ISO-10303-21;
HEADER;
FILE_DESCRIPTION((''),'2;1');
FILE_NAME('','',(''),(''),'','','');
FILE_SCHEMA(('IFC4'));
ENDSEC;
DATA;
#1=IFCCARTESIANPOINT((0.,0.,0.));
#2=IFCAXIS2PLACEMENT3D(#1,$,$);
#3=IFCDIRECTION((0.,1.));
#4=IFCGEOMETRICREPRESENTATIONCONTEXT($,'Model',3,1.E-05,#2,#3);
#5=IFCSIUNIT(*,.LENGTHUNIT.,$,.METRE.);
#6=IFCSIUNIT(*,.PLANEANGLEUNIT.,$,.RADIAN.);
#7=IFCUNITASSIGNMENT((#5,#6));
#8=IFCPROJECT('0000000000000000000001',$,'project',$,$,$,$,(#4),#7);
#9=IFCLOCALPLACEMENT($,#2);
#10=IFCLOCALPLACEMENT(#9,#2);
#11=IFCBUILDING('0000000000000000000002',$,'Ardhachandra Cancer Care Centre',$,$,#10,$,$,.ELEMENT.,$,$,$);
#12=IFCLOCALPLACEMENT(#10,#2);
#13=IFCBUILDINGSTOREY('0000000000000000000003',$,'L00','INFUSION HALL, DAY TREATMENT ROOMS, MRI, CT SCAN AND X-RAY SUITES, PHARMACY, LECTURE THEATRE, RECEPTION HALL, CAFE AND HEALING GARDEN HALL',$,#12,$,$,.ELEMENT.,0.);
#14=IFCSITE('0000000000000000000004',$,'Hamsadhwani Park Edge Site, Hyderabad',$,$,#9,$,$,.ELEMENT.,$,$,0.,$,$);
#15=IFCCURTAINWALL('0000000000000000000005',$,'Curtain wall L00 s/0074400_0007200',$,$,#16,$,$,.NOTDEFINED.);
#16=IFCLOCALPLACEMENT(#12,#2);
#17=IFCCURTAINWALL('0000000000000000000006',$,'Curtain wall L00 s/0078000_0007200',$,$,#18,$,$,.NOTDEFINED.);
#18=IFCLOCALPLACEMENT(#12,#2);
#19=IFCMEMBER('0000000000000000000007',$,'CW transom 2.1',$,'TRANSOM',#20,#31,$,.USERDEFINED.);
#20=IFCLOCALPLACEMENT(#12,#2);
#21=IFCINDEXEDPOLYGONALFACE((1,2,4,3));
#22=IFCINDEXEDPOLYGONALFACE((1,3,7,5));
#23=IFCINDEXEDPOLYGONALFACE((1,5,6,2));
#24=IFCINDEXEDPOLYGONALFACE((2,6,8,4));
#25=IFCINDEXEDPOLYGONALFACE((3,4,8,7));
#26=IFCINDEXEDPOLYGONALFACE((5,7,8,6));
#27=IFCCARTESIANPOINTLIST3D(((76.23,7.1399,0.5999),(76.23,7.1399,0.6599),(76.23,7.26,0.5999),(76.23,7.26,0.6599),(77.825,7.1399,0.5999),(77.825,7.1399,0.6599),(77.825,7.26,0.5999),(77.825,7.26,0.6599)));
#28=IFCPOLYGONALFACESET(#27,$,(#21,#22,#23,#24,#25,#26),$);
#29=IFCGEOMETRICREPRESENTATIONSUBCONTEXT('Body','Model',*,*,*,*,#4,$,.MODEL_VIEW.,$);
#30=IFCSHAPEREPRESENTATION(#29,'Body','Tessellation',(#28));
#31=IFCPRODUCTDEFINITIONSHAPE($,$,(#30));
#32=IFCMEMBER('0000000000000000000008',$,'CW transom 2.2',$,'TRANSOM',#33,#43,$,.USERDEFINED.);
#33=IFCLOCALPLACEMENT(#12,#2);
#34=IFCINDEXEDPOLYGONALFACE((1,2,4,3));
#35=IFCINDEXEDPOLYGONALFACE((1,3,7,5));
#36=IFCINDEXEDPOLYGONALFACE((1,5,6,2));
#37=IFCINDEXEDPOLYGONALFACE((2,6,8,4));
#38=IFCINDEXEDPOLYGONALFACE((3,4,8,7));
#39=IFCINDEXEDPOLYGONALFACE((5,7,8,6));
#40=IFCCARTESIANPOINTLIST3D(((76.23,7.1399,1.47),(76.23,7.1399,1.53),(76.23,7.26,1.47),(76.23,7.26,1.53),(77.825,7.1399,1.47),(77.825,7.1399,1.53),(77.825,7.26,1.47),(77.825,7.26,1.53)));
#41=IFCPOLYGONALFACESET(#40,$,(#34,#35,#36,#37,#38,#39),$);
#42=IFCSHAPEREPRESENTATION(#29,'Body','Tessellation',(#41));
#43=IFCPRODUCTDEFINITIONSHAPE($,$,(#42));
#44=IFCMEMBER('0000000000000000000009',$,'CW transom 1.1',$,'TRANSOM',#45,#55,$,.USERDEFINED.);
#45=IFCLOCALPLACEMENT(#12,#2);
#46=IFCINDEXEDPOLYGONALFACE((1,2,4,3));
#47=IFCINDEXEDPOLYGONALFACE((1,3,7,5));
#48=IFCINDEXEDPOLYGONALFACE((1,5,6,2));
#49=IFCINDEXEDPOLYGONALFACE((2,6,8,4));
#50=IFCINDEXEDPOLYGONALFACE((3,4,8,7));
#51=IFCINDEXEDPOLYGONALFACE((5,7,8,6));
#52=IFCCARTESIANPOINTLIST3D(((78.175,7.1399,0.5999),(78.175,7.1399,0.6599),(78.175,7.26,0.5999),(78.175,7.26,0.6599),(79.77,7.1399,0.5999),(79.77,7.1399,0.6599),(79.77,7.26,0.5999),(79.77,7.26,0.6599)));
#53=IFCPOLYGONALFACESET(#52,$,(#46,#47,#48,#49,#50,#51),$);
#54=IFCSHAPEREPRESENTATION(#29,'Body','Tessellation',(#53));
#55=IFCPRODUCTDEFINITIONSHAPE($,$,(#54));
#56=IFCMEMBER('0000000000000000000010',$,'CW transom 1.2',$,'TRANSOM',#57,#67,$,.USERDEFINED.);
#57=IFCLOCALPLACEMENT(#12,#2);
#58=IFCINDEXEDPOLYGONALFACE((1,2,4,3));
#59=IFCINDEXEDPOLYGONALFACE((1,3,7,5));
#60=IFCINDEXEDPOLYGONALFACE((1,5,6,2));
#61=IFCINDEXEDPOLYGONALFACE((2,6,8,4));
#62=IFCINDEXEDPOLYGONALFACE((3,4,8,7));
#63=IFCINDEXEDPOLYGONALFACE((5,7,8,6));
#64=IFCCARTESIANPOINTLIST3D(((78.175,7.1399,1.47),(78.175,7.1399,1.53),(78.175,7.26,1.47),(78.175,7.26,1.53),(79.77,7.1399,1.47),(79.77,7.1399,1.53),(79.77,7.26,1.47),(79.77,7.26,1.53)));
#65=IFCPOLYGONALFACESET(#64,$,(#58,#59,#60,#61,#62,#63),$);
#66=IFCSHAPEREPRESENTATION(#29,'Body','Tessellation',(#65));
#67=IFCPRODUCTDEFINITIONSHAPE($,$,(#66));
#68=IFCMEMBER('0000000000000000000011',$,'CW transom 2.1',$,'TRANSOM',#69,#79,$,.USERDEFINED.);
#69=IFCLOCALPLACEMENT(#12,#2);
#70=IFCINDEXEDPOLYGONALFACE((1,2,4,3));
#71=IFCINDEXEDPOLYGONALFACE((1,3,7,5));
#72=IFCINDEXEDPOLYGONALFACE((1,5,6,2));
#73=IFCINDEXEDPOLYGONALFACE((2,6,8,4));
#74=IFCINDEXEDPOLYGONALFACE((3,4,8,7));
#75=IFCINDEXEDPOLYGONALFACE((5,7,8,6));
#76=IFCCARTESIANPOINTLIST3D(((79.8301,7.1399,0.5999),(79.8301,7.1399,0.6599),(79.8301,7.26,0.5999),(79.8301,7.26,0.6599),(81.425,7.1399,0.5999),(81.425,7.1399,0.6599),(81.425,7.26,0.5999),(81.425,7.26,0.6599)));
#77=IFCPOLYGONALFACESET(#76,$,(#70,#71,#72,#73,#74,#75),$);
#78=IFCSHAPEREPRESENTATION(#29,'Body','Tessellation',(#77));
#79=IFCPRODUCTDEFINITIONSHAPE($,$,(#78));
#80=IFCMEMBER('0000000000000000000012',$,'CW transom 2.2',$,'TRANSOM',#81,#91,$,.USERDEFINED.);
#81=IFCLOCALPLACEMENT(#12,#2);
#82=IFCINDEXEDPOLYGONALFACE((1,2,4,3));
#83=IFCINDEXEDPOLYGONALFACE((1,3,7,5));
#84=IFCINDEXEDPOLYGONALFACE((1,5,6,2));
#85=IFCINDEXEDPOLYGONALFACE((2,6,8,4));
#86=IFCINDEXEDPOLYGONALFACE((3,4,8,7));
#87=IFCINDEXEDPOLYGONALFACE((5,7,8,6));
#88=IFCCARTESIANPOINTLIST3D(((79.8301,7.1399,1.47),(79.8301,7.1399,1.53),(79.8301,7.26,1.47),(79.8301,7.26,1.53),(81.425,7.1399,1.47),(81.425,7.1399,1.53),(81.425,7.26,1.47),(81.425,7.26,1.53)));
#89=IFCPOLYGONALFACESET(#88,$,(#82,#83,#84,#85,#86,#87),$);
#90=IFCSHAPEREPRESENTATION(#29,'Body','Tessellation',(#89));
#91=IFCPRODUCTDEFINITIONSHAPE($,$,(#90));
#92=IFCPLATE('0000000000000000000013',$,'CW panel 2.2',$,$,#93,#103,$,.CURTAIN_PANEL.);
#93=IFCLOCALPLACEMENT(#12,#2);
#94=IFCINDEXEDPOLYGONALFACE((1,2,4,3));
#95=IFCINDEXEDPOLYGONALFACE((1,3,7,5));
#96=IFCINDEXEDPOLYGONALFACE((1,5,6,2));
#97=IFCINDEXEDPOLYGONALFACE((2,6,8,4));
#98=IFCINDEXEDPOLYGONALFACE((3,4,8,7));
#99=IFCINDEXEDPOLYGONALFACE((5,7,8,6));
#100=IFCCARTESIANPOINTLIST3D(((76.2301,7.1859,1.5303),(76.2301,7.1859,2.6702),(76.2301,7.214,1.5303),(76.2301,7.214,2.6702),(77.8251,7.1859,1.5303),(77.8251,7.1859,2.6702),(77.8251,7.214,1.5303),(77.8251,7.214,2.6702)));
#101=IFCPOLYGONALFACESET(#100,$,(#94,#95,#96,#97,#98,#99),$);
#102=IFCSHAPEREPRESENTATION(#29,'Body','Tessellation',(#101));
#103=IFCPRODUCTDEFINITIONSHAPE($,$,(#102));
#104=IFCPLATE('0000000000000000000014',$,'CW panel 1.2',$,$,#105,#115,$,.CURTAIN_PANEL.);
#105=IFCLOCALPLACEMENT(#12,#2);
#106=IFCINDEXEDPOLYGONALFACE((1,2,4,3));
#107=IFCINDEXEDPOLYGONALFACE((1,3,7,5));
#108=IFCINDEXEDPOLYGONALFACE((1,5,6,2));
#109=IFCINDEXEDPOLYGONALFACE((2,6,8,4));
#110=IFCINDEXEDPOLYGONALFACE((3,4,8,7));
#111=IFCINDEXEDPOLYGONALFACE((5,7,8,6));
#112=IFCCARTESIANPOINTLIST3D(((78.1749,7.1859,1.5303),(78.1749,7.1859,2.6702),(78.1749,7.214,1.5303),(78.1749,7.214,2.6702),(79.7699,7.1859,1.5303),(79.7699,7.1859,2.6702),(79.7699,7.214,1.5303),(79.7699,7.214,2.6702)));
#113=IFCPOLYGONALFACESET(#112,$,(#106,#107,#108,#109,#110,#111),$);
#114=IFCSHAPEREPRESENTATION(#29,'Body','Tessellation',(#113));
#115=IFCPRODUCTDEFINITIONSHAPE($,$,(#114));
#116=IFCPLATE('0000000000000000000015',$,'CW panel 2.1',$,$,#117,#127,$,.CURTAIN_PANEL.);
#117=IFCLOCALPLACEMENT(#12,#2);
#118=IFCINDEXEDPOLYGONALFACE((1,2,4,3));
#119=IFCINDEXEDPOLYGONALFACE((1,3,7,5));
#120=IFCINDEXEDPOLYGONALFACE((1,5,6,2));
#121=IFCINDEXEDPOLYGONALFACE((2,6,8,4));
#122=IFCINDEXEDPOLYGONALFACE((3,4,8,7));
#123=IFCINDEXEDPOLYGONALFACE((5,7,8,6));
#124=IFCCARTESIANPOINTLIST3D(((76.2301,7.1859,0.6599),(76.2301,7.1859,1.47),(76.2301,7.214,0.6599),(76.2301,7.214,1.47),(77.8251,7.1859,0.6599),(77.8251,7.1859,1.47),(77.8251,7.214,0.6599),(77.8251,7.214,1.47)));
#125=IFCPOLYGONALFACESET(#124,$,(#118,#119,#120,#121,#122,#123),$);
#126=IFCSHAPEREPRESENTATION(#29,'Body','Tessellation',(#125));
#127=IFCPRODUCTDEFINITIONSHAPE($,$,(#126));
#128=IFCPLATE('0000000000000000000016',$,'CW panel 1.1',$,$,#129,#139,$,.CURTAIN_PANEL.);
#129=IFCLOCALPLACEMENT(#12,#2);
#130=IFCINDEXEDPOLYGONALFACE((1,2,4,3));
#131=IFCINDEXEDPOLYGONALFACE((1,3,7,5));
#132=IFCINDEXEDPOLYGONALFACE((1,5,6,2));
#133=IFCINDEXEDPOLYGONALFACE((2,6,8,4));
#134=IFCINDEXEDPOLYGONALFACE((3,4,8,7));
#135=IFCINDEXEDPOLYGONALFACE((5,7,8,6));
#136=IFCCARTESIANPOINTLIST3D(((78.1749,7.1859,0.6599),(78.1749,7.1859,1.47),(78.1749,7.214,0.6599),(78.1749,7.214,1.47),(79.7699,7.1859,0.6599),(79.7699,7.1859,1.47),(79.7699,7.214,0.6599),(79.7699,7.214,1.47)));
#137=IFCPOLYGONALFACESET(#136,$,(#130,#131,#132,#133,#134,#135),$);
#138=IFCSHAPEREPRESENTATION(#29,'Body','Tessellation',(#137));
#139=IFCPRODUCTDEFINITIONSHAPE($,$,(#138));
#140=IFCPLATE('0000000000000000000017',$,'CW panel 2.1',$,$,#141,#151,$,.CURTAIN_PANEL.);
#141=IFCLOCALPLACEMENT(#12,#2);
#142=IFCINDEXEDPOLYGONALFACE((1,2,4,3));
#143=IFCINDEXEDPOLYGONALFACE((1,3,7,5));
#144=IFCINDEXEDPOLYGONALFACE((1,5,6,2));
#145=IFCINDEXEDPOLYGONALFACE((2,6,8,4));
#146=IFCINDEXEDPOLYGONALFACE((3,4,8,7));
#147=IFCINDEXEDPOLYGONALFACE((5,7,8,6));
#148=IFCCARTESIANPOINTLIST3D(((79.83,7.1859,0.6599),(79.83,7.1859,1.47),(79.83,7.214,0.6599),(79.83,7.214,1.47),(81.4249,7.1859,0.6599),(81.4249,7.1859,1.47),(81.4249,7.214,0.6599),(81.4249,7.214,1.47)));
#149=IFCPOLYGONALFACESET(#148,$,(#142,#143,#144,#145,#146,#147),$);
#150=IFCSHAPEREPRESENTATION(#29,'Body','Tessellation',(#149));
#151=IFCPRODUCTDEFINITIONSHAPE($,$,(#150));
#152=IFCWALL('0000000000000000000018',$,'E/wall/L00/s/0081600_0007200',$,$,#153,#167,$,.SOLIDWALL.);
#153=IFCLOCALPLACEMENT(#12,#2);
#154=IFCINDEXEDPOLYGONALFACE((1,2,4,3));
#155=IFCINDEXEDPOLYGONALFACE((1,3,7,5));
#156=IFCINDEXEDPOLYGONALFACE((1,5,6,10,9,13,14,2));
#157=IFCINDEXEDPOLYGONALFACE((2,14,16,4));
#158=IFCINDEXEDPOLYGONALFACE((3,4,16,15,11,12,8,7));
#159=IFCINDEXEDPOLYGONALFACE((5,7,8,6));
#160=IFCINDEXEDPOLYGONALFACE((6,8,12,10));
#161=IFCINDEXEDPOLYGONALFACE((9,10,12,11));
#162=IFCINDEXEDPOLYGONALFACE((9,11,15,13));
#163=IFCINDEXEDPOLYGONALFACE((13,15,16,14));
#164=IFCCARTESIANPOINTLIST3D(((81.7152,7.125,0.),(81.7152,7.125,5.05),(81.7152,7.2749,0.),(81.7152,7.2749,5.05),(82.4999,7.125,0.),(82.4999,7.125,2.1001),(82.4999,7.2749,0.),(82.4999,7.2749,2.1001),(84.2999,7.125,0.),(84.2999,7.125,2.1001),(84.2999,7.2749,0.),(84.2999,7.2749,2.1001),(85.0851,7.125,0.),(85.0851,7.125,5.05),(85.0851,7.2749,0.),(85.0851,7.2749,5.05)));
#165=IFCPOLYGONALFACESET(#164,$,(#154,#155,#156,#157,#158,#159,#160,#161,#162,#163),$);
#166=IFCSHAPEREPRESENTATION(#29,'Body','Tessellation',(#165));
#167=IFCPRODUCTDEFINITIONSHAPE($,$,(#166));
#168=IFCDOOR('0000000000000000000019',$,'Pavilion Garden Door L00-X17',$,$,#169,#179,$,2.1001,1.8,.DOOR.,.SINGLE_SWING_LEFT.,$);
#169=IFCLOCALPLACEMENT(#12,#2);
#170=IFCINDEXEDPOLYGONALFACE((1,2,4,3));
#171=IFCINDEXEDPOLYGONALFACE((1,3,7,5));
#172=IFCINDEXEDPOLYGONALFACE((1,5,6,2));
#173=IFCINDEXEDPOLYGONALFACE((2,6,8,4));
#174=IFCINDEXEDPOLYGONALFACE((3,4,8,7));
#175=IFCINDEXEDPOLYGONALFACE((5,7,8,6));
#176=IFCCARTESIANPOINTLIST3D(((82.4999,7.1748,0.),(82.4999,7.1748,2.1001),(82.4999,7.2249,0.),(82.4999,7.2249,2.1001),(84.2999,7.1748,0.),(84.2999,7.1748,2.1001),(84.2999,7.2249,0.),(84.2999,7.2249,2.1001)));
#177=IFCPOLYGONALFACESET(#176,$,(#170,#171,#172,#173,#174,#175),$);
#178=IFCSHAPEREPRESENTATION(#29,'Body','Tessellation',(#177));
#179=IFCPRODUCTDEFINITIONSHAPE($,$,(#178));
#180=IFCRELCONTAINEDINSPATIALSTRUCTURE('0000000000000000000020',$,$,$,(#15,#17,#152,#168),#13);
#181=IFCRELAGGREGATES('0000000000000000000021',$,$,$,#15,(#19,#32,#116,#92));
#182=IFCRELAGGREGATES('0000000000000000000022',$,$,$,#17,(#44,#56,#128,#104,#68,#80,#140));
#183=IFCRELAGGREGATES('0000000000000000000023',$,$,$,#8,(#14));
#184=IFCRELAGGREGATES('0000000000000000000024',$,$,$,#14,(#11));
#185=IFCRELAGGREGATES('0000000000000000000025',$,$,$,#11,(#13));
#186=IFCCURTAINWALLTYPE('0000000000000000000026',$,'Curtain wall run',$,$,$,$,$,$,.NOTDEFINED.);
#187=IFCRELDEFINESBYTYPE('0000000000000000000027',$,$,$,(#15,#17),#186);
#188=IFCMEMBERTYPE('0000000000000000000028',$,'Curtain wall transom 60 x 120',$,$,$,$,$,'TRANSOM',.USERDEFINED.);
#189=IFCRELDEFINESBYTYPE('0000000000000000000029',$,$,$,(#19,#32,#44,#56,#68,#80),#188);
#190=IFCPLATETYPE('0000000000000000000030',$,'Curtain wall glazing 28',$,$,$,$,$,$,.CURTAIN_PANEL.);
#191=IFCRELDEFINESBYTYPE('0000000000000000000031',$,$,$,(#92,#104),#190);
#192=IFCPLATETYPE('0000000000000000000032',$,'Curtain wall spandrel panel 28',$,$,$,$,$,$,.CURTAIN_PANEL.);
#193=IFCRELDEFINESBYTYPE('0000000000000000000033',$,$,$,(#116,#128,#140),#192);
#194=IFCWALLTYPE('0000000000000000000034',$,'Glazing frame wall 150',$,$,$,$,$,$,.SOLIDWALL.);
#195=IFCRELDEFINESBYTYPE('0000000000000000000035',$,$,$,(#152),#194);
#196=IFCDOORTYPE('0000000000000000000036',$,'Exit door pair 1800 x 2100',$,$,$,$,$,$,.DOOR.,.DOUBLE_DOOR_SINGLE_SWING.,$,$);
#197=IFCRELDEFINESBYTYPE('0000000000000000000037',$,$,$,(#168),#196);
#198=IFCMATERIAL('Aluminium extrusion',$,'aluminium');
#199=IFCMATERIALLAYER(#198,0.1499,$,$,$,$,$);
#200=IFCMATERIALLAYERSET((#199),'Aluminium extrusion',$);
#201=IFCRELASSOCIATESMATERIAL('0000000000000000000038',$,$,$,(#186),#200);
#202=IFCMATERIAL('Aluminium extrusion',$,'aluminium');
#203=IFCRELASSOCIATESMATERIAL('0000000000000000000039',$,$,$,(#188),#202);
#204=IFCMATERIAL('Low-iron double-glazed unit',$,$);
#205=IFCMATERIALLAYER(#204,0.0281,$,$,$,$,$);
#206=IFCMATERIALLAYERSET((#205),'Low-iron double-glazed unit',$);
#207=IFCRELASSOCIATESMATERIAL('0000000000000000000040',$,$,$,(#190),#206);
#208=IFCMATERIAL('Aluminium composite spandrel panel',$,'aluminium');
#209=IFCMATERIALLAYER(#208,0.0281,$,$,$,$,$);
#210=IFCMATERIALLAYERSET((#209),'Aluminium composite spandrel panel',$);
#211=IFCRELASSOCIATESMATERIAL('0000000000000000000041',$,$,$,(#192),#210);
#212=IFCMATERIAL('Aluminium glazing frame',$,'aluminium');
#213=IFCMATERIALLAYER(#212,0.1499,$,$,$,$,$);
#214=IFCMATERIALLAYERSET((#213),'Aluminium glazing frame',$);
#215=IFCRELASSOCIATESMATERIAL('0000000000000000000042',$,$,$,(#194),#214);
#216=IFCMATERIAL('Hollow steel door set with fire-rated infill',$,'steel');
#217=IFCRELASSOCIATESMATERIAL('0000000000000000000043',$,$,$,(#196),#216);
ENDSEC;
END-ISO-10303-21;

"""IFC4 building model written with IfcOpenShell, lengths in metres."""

from ifc_helpers import new_model, si_unit, direction, frame, frame_2d, origin, origin_2d, place, context, subcontext, project, spatial, rectangle, extrude, material, layer, layer_set, material_profile, profile_set, type_object, element, fill, aggregate, save


model = new_model("IFC4")

# Units and contexts
model_context = context("Model", 3, precision=1e-05, world=origin(), true_north=direction((0.0, 1.0)))
body_context = subcontext(model_context, "Body", "Model", "MODEL_VIEW")
ifc_project = project(units=[si_unit("LENGTHUNIT", "METRE"), si_unit("PLANEANGLEUNIT", "RADIAN")], contexts=[model_context])

# Site, building, storey
site_placement = place(None, origin())
site = spatial("IfcSite", under=ifc_project, at=site_placement, Name="Hamsadhwani Park Edge Site, Hyderabad", CompositionType="ELEMENT", RefElevation=0.0)
building_placement = place(site_placement, origin())
building = spatial("IfcBuilding", under=site, at=building_placement, Name="Ardhachandra Cancer Care Centre", CompositionType="ELEMENT")
storey_placement = place(building_placement, origin())
storey = spatial("IfcBuildingStorey", under=building, at=storey_placement, Name="L00", Description="INFUSION HALL, DAY TREATMENT ROOMS, MRI, CT SCAN AND X-RAY SUITES, PHARMACY, LECTURE THEATRE, RECEPTION HALL, CAFE AND HEALING GARDEN HALL", CompositionType="ELEMENT", Elevation=0.0)

# Curtain wall
ifc_material_1 = material(Name="Aluminium extrusion", Category="aluminium")
ifc_layer_1 = layer(ifc_material_1, 0.1499)
ifc_layer_set_1 = layer_set([ifc_layer_1], Name="Aluminium extrusion")
curtain_wall_type = type_object("IfcCurtainWallType", Name="Curtain wall run", PredefinedType="NOTDEFINED", material=ifc_layer_set_1)
curtain_wall_1_placement = place(storey_placement, origin())
curtain_wall_1 = element("IfcCurtainWall", 1, at=curtain_wall_1_placement, inside=storey, type_object=curtain_wall_type, Name="Curtain wall L00 s/0074400_0007200", PredefinedType="NOTDEFINED")

# Curtain wall
curtain_wall_2_placement = place(storey_placement, origin())
curtain_wall_2 = element("IfcCurtainWall", 2, at=curtain_wall_2_placement, inside=storey, type_object=curtain_wall_type, Name="Curtain wall L00 s/0078000_0007200", PredefinedType="NOTDEFINED")

# Members
ifc_material_2 = material(Name="Aluminium extrusion", Category="aluminium")
ifc_material_profile_1 = material_profile(ifc_material_2, rectangle(XDim=0.1201, YDim=0.0601, at=origin_2d()), Name="Curtain wall transom 60 x 120")
ifc_profile_set_1 = profile_set([ifc_material_profile_1], Name="Aluminium extrusion")
member_type_1 = type_object("IfcMemberType", Name="Curtain wall transom 60 x 120", ElementType="TRANSOM", PredefinedType="USERDEFINED", material=ifc_profile_set_1)
member_1_placement = place(storey_placement, frame((76.23, 7.2, 0.6299), z_axis=(1.0, 0.0, 0.0), x_axis=(0.0, 1.0, 0.0)))
member_1 = element("IfcMember", 3, at=member_1_placement, type_object=member_type_1, Name="CW transom 2.1", ObjectType="TRANSOM", PredefinedType="USERDEFINED", context=body_context, shape_type="SweptSolid", body=[
    extrude(rectangle(XDim=0.1201, YDim=0.0601, at=origin_2d()), origin(), (0.0, 0.0, 1.0), 1.595),
])
member_2_placement = place(storey_placement, frame((76.23, 7.2, 1.5), z_axis=(1.0, 0.0, 0.0), x_axis=(0.0, 1.0, 0.0)))
member_2 = element("IfcMember", 4, at=member_2_placement, type_object=member_type_1, Name="CW transom 2.2", ObjectType="TRANSOM", PredefinedType="USERDEFINED", context=body_context, shape_type="SweptSolid", body=[
    extrude(rectangle(XDim=0.1201, YDim=0.0601, at=origin_2d()), origin(), (0.0, 0.0, 1.0), 1.595),
])
member_3_placement = place(storey_placement, frame((78.175, 7.2, 0.6299), z_axis=(1.0, 0.0, 0.0), x_axis=(0.0, 1.0, 0.0)))
member_3 = element("IfcMember", 5, at=member_3_placement, type_object=member_type_1, Name="CW transom 1.1", ObjectType="TRANSOM", PredefinedType="USERDEFINED", context=body_context, shape_type="SweptSolid", body=[
    extrude(rectangle(XDim=0.1201, YDim=0.0601, at=origin_2d()), origin(), (0.0, 0.0, 1.0), 1.595),
])
member_4_placement = place(storey_placement, frame((78.175, 7.2, 1.5), z_axis=(1.0, 0.0, 0.0), x_axis=(0.0, 1.0, 0.0)))
member_4 = element("IfcMember", 6, at=member_4_placement, type_object=member_type_1, Name="CW transom 1.2", ObjectType="TRANSOM", PredefinedType="USERDEFINED", context=body_context, shape_type="SweptSolid", body=[
    extrude(rectangle(XDim=0.1201, YDim=0.0601, at=origin_2d()), origin(), (0.0, 0.0, 1.0), 1.595),
])
member_5_placement = place(storey_placement, frame((79.8301, 7.2, 0.6299), z_axis=(1.0, 0.0, 0.0), x_axis=(0.0, 1.0, 0.0)))
member_5 = element("IfcMember", 7, at=member_5_placement, type_object=member_type_1, Name="CW transom 2.1", ObjectType="TRANSOM", PredefinedType="USERDEFINED", context=body_context, shape_type="SweptSolid", body=[
    extrude(rectangle(XDim=0.1201, YDim=0.0601, at=origin_2d()), origin(), (0.0, 0.0, 1.0), 1.595),
])
member_6_placement = place(storey_placement, frame((79.8301, 7.2, 1.5), z_axis=(1.0, 0.0, 0.0), x_axis=(0.0, 1.0, 0.0)))
member_6 = element("IfcMember", 8, at=member_6_placement, type_object=member_type_1, Name="CW transom 2.2", ObjectType="TRANSOM", PredefinedType="USERDEFINED", context=body_context, shape_type="SweptSolid", body=[
    extrude(rectangle(XDim=0.1201, YDim=0.0601, at=origin_2d()), origin(), (0.0, 0.0, 1.0), 1.595),
])

# Plates
ifc_material_3 = material(Name="Low-iron double-glazed unit")
ifc_layer_2 = layer(ifc_material_3, 0.0281)
ifc_layer_set_2 = layer_set([ifc_layer_2], Name="Low-iron double-glazed unit")
plate_type_1 = type_object("IfcPlateType", Name="Curtain wall glazing 28", PredefinedType="CURTAIN_PANEL", material=ifc_layer_set_2)
plate_1_placement = place(storey_placement, frame((77.0276, 7.2, 1.5303), z_axis=(0.0, 0.0, 1.0), x_axis=(1.0, 0.0, 0.0)))
plate_1 = element("IfcPlate", 9, at=plate_1_placement, type_object=plate_type_1, Name="CW panel 2.2", PredefinedType="CURTAIN_PANEL", context=body_context, shape_type="SweptSolid", body=[
    extrude(rectangle(XDim=1.595, YDim=0.0281, at=origin_2d()), origin(), (0.0, 0.0, 1.0), 1.1399),
])
plate_2_placement = place(storey_placement, frame((78.9724, 7.2, 1.5303), z_axis=(0.0, 0.0, 1.0), x_axis=(1.0, 0.0, 0.0)))
plate_2 = element("IfcPlate", 10, at=plate_2_placement, type_object=plate_type_1, Name="CW panel 1.2", PredefinedType="CURTAIN_PANEL", context=body_context, shape_type="SweptSolid", body=[
    extrude(rectangle(XDim=1.595, YDim=0.0281, at=origin_2d()), origin(), (0.0, 0.0, 1.0), 1.1399),
])
ifc_material_4 = material(Name="Aluminium composite spandrel panel", Category="aluminium")
ifc_layer_3 = layer(ifc_material_4, 0.0281)
ifc_layer_set_3 = layer_set([ifc_layer_3], Name="Aluminium composite spandrel panel")
plate_type_2 = type_object("IfcPlateType", Name="Curtain wall spandrel panel 28", PredefinedType="CURTAIN_PANEL", material=ifc_layer_set_3)
plate_3_placement = place(storey_placement, frame((77.0276, 7.2, 0.6599), z_axis=(0.0, 0.0, 1.0), x_axis=(1.0, 0.0, 0.0)))
plate_3 = element("IfcPlate", 11, at=plate_3_placement, type_object=plate_type_2, Name="CW panel 2.1", PredefinedType="CURTAIN_PANEL", context=body_context, shape_type="SweptSolid", body=[
    extrude(rectangle(XDim=1.595, YDim=0.0281, at=origin_2d()), origin(), (0.0, 0.0, 1.0), 0.8101),
])
aggregate(curtain_wall_1, [member_1, member_2, plate_3, plate_1])
plate_4_placement = place(storey_placement, frame((78.9724, 7.2, 0.6599), z_axis=(0.0, 0.0, 1.0), x_axis=(1.0, 0.0, 0.0)))
plate_4 = element("IfcPlate", 12, at=plate_4_placement, type_object=plate_type_2, Name="CW panel 1.1", PredefinedType="CURTAIN_PANEL", context=body_context, shape_type="SweptSolid", body=[
    extrude(rectangle(XDim=1.595, YDim=0.0281, at=origin_2d()), origin(), (0.0, 0.0, 1.0), 0.8101),
])
plate_5_placement = place(storey_placement, frame((80.6274, 7.2, 0.6599), z_axis=(0.0, 0.0, 1.0), x_axis=(1.0, 0.0, 0.0)))
plate_5 = element("IfcPlate", 13, at=plate_5_placement, type_object=plate_type_2, Name="CW panel 2.1", PredefinedType="CURTAIN_PANEL", context=body_context, shape_type="SweptSolid", body=[
    extrude(rectangle(XDim=1.595, YDim=0.0281, at=origin_2d()), origin(), (0.0, 0.0, 1.0), 0.8101),
])
aggregate(curtain_wall_2, [member_3, member_4, plate_4, plate_2, member_5, member_6, plate_5])

# Wall, opening, door
ifc_material_5 = material(Name="Aluminium glazing frame", Category="aluminium")
ifc_layer_4 = layer(ifc_material_5, 0.1499)
ifc_layer_set_4 = layer_set([ifc_layer_4], Name="Aluminium glazing frame")
wall_type_1 = type_object("IfcWallType", Name="Glazing frame wall 150", PredefinedType="SOLIDWALL", material=ifc_layer_set_4)
wall_1_placement = place(storey_placement, frame((81.7151, 7.2, 0.0), z_axis=(0.0, 0.0, 1.0), x_axis=(1.0, 0.0, 0.0)))
wall_1 = element("IfcWall", 14, at=wall_1_placement, inside=storey, type_object=wall_type_1, Name="E/wall/L00/s/0081600_0007200", PredefinedType="SOLIDWALL", context=body_context, shape_type="SweptSolid", body=[
    extrude(rectangle(XDim=3.3699, YDim=0.1499, at=frame_2d((1.6851, 0.0))), origin(), (0.0, 0.0, 1.0), 5.05),
])
opening_placement = place(wall_1_placement, frame((0.7849, 0.0, 0.0)))
opening = element("IfcOpeningElement", 15, at=opening_placement, cuts=wall_1, PredefinedType="OPENING", context=body_context, shape_type="SweptSolid", body=[
    extrude(rectangle(XDim=1.8, YDim=2.1001, at=frame_2d((0.8999, 1.05))), frame((0.0, 0.085, 0.0), z_axis=(0.0, -1.0, 0.0), x_axis=(1.0, 0.0, 0.0)), (0.0, 0.0, 1.0), 0.1699),
])
ifc_material_6 = material(Name="Hollow steel door set with fire-rated infill", Category="steel")
door_type = type_object("IfcDoorType", Name="Exit door pair 1800 x 2100", OperationType="DOUBLE_DOOR_SINGLE_SWING", PredefinedType="DOOR", material=ifc_material_6)
door_placement = place(opening_placement, origin())
door = element("IfcDoor", 16, at=door_placement, inside=storey, type_object=door_type, Name="Pavilion Garden Door L00-X17", OperationType="SINGLE_SWING_LEFT", OverallHeight=2.1001, OverallWidth=1.8, PredefinedType="DOOR", context=body_context, shape_type="SweptSolid", body=[
    extrude(rectangle(XDim=1.8, YDim=2.1001, at=frame_2d((0.8999, 1.05))), frame((0.0, 0.0249, 0.0), z_axis=(0.0, -1.0, 0.0), x_axis=(1.0, 0.0, 0.0)), (0.0, 0.0, 1.0), 0.05),
])
fill(opening, door)

save(model, "model.ifc")
